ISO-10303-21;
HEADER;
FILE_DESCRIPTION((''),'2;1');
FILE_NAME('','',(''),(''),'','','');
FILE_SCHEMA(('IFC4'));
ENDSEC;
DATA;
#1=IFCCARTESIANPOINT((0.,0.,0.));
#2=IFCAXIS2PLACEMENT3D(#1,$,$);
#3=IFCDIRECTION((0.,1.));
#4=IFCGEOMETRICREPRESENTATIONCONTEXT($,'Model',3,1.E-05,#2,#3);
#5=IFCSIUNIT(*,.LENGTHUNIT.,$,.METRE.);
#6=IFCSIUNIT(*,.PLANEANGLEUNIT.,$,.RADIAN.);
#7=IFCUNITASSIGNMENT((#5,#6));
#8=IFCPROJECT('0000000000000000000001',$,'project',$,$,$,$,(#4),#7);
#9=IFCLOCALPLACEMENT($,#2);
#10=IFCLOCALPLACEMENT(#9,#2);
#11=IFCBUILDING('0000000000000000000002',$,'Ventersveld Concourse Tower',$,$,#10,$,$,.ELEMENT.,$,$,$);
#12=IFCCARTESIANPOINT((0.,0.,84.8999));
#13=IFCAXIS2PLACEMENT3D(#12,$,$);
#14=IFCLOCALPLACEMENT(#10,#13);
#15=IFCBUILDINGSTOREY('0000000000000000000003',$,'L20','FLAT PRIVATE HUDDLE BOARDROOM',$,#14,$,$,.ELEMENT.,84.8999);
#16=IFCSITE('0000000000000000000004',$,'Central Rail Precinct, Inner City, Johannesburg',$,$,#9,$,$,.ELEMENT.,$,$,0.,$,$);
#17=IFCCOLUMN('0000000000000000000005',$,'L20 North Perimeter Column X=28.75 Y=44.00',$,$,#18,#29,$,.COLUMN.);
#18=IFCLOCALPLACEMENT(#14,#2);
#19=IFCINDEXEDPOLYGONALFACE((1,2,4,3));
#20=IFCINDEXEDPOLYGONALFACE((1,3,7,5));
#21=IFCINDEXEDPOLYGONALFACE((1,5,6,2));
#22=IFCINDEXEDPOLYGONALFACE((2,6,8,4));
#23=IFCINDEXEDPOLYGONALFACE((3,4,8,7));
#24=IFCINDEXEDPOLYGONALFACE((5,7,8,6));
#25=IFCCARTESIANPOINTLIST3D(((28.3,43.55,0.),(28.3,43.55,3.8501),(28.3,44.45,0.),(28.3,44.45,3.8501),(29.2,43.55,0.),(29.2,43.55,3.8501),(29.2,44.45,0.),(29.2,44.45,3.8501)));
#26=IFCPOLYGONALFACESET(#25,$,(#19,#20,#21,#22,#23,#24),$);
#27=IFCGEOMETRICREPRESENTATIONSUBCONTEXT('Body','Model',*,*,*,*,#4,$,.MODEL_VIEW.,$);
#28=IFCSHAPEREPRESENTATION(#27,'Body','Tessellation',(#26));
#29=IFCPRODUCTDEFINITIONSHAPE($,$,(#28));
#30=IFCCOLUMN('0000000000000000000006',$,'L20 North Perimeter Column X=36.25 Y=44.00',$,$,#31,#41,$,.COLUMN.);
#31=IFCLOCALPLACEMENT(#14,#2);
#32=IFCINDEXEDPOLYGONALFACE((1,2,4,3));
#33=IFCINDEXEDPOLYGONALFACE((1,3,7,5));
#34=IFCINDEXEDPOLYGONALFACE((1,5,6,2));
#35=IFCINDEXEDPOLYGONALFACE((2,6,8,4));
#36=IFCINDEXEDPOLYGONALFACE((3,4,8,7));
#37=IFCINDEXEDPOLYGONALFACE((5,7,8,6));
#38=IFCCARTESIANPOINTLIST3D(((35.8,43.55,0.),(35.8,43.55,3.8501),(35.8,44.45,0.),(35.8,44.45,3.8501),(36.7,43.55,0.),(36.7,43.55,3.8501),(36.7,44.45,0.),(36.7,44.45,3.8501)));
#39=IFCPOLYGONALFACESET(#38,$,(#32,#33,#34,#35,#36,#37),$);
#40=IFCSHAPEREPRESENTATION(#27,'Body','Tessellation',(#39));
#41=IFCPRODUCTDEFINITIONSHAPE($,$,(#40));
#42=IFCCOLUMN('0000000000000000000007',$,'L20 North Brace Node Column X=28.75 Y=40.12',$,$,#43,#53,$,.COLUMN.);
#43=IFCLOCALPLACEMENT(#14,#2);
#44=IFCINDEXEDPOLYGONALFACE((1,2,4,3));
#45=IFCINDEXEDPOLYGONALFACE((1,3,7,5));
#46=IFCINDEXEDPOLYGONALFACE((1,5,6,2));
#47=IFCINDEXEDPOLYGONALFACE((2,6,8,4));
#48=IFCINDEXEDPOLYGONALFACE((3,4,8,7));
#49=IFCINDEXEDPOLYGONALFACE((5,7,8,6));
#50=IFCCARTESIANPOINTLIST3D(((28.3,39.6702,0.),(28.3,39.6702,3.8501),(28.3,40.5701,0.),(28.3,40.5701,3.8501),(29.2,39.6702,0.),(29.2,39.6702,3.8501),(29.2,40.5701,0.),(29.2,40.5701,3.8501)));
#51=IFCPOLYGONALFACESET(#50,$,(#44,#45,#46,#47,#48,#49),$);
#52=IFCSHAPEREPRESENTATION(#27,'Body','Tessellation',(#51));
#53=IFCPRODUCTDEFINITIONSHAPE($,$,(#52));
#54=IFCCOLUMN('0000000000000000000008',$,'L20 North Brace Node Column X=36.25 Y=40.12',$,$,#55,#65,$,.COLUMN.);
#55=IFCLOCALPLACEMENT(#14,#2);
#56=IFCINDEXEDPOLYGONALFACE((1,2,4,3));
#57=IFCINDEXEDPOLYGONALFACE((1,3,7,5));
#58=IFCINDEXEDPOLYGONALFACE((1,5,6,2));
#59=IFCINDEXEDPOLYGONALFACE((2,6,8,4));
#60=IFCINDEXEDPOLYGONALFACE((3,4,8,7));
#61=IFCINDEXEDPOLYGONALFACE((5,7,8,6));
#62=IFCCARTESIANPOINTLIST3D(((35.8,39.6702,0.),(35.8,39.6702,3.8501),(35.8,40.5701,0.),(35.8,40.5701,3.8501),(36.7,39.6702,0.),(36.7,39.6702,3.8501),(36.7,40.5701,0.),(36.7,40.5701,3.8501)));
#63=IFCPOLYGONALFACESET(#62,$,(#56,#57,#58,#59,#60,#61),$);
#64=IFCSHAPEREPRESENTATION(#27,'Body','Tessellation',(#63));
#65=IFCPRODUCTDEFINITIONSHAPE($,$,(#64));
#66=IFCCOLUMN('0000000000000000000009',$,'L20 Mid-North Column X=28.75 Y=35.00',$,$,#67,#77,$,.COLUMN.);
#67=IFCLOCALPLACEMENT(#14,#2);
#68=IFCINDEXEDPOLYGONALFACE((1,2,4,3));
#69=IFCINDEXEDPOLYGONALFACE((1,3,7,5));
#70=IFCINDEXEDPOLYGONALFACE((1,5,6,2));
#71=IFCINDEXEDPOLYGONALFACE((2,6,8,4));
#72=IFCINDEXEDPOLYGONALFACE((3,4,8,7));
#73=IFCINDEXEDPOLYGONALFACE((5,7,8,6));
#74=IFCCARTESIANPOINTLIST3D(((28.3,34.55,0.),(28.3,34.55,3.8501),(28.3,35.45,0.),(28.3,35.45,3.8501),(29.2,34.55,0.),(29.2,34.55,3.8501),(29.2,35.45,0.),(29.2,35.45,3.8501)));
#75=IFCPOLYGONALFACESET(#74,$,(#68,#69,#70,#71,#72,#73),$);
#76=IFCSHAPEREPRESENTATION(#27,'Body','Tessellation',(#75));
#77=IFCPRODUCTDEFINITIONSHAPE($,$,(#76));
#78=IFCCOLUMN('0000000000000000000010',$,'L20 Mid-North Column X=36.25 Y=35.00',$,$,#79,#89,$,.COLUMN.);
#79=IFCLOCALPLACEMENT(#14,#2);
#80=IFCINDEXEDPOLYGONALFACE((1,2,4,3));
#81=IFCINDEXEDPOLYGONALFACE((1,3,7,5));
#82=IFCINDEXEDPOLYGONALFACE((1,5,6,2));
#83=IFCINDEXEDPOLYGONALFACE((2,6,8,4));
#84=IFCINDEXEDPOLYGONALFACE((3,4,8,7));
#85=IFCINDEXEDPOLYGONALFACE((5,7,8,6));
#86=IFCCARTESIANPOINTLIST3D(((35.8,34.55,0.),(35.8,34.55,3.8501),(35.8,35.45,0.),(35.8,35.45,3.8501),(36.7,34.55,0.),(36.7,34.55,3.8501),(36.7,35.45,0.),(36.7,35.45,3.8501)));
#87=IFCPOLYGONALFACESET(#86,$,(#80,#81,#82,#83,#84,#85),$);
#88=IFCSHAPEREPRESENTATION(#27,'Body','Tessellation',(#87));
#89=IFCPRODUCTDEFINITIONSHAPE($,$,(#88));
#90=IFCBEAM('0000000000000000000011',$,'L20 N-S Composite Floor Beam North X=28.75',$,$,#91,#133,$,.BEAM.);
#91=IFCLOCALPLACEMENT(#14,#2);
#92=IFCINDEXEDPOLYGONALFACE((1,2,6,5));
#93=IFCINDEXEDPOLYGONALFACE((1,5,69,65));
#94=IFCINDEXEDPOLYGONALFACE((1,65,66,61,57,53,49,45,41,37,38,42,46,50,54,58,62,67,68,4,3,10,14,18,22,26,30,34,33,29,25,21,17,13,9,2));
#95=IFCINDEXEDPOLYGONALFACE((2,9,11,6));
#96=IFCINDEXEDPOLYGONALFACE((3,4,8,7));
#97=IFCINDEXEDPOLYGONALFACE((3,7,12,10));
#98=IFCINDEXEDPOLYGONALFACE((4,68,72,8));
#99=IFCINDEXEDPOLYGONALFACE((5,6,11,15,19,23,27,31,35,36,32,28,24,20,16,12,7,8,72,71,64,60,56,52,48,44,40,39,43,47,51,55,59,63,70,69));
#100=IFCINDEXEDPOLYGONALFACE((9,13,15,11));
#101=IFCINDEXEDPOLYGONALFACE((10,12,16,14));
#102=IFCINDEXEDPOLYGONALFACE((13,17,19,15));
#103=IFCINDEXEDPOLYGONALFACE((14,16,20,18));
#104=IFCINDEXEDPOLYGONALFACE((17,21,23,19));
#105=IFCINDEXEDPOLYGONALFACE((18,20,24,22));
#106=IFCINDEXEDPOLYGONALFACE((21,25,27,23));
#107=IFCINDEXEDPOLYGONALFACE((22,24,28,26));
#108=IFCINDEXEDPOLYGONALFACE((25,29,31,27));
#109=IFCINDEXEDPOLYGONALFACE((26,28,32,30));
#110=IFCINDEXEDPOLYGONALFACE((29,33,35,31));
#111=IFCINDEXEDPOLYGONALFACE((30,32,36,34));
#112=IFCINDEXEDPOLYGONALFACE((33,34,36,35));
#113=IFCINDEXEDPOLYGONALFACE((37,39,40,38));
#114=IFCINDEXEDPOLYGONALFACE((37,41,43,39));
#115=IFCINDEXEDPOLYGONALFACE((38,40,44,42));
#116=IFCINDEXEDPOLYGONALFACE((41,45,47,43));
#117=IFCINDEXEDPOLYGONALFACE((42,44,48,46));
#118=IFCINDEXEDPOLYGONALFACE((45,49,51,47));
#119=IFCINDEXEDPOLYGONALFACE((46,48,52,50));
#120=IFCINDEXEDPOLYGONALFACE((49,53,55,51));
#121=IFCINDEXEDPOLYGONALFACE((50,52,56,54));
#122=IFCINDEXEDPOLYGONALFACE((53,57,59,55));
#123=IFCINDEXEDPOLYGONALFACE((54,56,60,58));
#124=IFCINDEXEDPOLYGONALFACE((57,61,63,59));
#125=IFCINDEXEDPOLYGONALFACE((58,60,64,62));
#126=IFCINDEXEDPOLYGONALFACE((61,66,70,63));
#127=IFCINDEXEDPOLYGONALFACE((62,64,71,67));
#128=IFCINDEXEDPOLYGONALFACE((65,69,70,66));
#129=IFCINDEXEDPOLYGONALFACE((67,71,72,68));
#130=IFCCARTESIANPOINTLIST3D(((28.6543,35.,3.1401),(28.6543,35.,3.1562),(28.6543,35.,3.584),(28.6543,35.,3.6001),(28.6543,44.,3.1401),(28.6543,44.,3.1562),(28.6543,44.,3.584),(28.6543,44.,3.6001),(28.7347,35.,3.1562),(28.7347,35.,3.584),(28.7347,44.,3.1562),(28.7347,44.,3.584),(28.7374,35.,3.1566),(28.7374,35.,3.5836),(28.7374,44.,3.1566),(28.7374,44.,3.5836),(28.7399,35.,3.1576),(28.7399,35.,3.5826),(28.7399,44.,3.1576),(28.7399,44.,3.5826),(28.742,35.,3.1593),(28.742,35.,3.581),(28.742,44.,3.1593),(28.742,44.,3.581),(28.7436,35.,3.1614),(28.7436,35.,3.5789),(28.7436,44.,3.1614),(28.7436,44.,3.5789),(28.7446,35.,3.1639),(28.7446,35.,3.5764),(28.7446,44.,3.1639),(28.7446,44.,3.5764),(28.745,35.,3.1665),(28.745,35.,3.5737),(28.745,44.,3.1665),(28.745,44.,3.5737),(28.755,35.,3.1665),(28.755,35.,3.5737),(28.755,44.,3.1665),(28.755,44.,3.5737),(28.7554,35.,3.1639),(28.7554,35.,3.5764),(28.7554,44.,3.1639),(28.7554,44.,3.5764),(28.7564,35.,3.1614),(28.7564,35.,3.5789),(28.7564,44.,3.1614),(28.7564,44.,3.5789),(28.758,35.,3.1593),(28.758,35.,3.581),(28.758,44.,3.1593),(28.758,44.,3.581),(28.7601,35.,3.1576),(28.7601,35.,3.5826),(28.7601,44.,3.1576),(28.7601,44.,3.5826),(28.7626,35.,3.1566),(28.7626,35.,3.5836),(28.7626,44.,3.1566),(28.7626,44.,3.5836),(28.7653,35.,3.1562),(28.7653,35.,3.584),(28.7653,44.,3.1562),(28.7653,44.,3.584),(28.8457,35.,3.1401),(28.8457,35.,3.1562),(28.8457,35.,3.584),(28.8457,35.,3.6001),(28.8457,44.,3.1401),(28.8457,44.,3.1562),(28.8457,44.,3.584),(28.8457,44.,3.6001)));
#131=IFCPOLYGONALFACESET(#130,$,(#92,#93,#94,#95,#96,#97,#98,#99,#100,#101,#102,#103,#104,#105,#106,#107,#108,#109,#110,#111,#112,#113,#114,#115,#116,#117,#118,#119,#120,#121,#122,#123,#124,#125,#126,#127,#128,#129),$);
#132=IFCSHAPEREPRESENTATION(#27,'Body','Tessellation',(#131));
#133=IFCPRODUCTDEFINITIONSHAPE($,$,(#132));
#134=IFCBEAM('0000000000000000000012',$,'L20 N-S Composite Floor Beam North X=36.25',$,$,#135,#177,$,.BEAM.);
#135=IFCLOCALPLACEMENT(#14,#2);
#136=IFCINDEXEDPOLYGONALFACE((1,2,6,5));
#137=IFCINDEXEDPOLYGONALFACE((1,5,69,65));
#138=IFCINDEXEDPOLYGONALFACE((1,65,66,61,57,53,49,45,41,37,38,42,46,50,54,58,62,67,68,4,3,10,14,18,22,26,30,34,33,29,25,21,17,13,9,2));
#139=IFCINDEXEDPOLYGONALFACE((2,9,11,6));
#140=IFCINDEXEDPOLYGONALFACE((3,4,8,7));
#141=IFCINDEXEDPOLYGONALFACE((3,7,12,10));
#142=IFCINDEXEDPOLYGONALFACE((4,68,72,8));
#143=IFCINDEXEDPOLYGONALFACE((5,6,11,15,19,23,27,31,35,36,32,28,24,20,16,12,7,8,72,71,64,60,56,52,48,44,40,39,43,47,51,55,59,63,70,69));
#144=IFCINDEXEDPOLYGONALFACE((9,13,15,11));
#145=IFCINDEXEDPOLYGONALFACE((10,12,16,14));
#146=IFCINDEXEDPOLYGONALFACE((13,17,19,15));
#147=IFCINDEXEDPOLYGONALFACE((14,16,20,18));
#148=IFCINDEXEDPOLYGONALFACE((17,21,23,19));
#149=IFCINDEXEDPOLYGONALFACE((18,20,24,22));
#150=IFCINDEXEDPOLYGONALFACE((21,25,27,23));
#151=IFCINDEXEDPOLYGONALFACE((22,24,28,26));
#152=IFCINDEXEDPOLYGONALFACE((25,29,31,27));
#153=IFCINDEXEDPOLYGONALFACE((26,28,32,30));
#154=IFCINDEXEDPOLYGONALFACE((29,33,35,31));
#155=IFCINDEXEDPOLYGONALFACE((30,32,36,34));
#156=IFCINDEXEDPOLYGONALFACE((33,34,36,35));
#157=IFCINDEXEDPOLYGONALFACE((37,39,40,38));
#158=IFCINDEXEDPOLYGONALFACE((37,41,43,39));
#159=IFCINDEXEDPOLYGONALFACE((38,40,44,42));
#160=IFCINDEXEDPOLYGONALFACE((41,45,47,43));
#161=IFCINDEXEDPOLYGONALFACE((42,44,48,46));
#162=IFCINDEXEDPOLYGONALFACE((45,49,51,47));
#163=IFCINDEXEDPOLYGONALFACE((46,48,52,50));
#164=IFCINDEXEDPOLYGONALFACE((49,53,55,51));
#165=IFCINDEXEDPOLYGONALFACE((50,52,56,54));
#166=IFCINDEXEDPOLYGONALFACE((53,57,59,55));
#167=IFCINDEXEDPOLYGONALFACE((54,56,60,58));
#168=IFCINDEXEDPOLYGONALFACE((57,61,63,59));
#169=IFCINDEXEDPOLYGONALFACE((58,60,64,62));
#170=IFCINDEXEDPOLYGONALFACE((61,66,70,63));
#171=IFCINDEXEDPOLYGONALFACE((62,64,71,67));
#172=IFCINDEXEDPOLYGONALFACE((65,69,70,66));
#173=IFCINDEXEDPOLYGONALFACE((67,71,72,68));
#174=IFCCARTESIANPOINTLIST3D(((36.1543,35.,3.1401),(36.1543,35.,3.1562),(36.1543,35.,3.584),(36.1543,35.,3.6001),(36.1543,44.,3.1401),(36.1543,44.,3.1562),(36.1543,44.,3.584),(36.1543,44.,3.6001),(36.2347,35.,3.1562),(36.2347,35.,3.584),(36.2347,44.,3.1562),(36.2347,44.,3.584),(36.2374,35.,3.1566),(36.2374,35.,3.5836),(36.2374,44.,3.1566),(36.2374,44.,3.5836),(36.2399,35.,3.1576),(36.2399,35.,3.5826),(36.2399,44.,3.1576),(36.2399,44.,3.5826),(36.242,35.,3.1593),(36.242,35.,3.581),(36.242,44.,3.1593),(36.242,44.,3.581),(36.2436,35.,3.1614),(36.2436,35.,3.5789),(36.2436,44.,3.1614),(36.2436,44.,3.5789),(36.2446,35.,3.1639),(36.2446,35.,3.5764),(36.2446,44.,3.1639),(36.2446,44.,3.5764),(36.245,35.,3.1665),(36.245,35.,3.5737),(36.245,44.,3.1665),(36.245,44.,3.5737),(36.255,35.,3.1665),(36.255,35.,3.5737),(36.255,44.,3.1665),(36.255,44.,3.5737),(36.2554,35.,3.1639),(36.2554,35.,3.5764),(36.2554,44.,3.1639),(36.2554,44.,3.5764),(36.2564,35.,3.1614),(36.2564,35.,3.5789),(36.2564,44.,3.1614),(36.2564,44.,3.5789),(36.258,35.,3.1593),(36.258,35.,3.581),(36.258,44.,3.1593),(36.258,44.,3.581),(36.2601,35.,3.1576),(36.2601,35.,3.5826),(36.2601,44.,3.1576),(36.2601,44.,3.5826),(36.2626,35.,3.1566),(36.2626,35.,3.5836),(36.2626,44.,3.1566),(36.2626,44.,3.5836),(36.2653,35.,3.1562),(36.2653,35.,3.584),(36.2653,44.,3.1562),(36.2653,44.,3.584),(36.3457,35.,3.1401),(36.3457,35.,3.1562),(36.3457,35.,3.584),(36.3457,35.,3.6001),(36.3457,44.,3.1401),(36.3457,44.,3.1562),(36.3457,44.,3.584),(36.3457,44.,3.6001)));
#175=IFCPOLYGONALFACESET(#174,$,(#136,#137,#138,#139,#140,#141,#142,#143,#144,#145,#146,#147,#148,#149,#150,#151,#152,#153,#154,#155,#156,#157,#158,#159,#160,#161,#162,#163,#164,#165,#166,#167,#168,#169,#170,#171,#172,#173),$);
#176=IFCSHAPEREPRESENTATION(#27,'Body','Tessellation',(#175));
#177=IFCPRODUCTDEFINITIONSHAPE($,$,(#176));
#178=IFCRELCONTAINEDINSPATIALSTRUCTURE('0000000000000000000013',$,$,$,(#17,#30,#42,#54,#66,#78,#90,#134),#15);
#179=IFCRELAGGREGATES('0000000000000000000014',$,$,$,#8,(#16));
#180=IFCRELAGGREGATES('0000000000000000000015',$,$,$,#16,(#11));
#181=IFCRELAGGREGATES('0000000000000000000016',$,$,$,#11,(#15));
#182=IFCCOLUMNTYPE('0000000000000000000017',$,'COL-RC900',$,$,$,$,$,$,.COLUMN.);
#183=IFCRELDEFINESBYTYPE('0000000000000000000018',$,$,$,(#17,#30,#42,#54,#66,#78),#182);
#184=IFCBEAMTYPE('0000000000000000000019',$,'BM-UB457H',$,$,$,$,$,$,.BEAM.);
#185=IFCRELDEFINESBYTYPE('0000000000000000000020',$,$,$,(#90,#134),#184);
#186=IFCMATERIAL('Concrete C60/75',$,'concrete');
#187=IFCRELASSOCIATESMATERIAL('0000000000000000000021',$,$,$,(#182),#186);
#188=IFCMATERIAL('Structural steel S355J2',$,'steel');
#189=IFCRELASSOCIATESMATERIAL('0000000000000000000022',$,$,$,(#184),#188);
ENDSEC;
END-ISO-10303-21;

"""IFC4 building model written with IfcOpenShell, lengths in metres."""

from ifc_helpers import new_model, si_unit, direction, frame, origin, origin_2d, place, context, subcontext, project, spatial, rectangle, i_section, extrude, material, material_profile, profile_set, type_object, element, save


model = new_model("IFC4")

# Units and contexts
model_context = context("Model", 3, precision=1e-05, world=origin(), true_north=direction((0.0, 1.0)))
body_context = subcontext(model_context, "Body", "Model", "MODEL_VIEW")
ifc_project = project(units=[si_unit("LENGTHUNIT", "METRE"), si_unit("PLANEANGLEUNIT", "RADIAN")], contexts=[model_context])

# Site, building, storey
site_placement = place(None, origin())
site = spatial("IfcSite", under=ifc_project, at=site_placement, Name="Central Rail Precinct, Inner City, Johannesburg", CompositionType="ELEMENT", RefElevation=0.0)
building_placement = place(site_placement, origin())
building = spatial("IfcBuilding", under=site, at=building_placement, Name="Ventersveld Concourse Tower", CompositionType="ELEMENT")
storey_placement = place(building_placement, frame((0.0, 0.0, 84.8999)))
storey = spatial("IfcBuildingStorey", under=building, at=storey_placement, Name="L20", Description="FLAT PRIVATE HUDDLE BOARDROOM", CompositionType="ELEMENT", Elevation=84.8999)

# Columns
ifc_material_1 = material(Name="Concrete C60/75", Category="concrete")
ifc_material_profile_1 = material_profile(ifc_material_1, rectangle(XDim=0.8999, YDim=0.8999, at=origin_2d()), Name="RC 900x900")
ifc_profile_set_1 = profile_set([ifc_material_profile_1], Name="Concrete C60/75")
column_type = type_object("IfcColumnType", Name="COL-RC900", PredefinedType="COLUMN", material=ifc_profile_set_1)
for number, where, z_axis, x_axis, name in (
    (1, (28.75, 44.0, 0.0), (0.0, 0.0, 1.0), (1.0, 0.0, 0.0), "L20 North Perimeter Column X=28.75 Y=44.00"),
    (2, (36.25, 44.0, 0.0), (0.0, 0.0, 1.0), (1.0, 0.0, 0.0), "L20 North Perimeter Column X=36.25 Y=44.00"),
    (3, (28.75, 40.1201, 0.0), (0.0, 0.0, 1.0), (1.0, 0.0, 0.0), "L20 North Brace Node Column X=28.75 Y=40.12"),
    (4, (36.25, 40.1201, 0.0), (0.0, 0.0, 1.0), (1.0, 0.0, 0.0), "L20 North Brace Node Column X=36.25 Y=40.12"),
    (5, (28.75, 35.0, 0.0), (0.0, 0.0, 1.0), (1.0, 0.0, 0.0), "L20 Mid-North Column X=28.75 Y=35.00"),
    (6, (36.25, 35.0, 0.0), (0.0, 0.0, 1.0), (1.0, 0.0, 0.0), "L20 Mid-North Column X=36.25 Y=35.00"),
):
    element("IfcColumn", number, at=place(storey_placement, frame(where, z_axis=z_axis, x_axis=x_axis)), inside=storey, type_object=column_type, Name=name, PredefinedType="COLUMN", context=body_context, shape_type="SweptSolid", body=[
        extrude(rectangle(XDim=0.8999, YDim=0.8999, at=origin_2d()), origin(), (0.0, 0.0, 1.0), 3.8501),
    ])

# Beams
ifc_material_2 = material(Name="Structural steel S355J2", Category="steel")
ifc_material_profile_2 = material_profile(ifc_material_2, i_section(OverallWidth=0.1914, OverallDepth=0.46, WebThickness=0.01, FlangeThickness=0.0161, FilletRadius=0.0103, at=origin_2d()), Name="UB 457x191x82")
ifc_profile_set_2 = profile_set([ifc_material_profile_2], Name="Structural steel S355J2")
beam_type_1 = type_object("IfcBeamType", Name="BM-UB457H", PredefinedType="BEAM", material=ifc_profile_set_2)
for number, where, z_axis, x_axis, name in (
    (7, (28.75, 35.0, 3.3701), (0.0, 1.0, 0.0), (-1.0, 0.0, 0.0), "L20 N-S Composite Floor Beam North X=28.75"),
    (8, (36.25, 35.0, 3.3701), (0.0, 1.0, 0.0), (-1.0, 0.0, 0.0), "L20 N-S Composite Floor Beam North X=36.25"),
):
    element("IfcBeam", number, at=place(storey_placement, frame(where, z_axis=z_axis, x_axis=x_axis)), inside=storey, type_object=beam_type_1, Name=name, PredefinedType="BEAM", context=body_context, shape_type="SweptSolid", body=[
        extrude(i_section(OverallWidth=0.1914, OverallDepth=0.46, WebThickness=0.01, FlangeThickness=0.0161, FilletRadius=0.0103, at=origin_2d()), origin(), (0.0, 0.0, 1.0), 9.0),
    ])

save(model, "model.ifc")
